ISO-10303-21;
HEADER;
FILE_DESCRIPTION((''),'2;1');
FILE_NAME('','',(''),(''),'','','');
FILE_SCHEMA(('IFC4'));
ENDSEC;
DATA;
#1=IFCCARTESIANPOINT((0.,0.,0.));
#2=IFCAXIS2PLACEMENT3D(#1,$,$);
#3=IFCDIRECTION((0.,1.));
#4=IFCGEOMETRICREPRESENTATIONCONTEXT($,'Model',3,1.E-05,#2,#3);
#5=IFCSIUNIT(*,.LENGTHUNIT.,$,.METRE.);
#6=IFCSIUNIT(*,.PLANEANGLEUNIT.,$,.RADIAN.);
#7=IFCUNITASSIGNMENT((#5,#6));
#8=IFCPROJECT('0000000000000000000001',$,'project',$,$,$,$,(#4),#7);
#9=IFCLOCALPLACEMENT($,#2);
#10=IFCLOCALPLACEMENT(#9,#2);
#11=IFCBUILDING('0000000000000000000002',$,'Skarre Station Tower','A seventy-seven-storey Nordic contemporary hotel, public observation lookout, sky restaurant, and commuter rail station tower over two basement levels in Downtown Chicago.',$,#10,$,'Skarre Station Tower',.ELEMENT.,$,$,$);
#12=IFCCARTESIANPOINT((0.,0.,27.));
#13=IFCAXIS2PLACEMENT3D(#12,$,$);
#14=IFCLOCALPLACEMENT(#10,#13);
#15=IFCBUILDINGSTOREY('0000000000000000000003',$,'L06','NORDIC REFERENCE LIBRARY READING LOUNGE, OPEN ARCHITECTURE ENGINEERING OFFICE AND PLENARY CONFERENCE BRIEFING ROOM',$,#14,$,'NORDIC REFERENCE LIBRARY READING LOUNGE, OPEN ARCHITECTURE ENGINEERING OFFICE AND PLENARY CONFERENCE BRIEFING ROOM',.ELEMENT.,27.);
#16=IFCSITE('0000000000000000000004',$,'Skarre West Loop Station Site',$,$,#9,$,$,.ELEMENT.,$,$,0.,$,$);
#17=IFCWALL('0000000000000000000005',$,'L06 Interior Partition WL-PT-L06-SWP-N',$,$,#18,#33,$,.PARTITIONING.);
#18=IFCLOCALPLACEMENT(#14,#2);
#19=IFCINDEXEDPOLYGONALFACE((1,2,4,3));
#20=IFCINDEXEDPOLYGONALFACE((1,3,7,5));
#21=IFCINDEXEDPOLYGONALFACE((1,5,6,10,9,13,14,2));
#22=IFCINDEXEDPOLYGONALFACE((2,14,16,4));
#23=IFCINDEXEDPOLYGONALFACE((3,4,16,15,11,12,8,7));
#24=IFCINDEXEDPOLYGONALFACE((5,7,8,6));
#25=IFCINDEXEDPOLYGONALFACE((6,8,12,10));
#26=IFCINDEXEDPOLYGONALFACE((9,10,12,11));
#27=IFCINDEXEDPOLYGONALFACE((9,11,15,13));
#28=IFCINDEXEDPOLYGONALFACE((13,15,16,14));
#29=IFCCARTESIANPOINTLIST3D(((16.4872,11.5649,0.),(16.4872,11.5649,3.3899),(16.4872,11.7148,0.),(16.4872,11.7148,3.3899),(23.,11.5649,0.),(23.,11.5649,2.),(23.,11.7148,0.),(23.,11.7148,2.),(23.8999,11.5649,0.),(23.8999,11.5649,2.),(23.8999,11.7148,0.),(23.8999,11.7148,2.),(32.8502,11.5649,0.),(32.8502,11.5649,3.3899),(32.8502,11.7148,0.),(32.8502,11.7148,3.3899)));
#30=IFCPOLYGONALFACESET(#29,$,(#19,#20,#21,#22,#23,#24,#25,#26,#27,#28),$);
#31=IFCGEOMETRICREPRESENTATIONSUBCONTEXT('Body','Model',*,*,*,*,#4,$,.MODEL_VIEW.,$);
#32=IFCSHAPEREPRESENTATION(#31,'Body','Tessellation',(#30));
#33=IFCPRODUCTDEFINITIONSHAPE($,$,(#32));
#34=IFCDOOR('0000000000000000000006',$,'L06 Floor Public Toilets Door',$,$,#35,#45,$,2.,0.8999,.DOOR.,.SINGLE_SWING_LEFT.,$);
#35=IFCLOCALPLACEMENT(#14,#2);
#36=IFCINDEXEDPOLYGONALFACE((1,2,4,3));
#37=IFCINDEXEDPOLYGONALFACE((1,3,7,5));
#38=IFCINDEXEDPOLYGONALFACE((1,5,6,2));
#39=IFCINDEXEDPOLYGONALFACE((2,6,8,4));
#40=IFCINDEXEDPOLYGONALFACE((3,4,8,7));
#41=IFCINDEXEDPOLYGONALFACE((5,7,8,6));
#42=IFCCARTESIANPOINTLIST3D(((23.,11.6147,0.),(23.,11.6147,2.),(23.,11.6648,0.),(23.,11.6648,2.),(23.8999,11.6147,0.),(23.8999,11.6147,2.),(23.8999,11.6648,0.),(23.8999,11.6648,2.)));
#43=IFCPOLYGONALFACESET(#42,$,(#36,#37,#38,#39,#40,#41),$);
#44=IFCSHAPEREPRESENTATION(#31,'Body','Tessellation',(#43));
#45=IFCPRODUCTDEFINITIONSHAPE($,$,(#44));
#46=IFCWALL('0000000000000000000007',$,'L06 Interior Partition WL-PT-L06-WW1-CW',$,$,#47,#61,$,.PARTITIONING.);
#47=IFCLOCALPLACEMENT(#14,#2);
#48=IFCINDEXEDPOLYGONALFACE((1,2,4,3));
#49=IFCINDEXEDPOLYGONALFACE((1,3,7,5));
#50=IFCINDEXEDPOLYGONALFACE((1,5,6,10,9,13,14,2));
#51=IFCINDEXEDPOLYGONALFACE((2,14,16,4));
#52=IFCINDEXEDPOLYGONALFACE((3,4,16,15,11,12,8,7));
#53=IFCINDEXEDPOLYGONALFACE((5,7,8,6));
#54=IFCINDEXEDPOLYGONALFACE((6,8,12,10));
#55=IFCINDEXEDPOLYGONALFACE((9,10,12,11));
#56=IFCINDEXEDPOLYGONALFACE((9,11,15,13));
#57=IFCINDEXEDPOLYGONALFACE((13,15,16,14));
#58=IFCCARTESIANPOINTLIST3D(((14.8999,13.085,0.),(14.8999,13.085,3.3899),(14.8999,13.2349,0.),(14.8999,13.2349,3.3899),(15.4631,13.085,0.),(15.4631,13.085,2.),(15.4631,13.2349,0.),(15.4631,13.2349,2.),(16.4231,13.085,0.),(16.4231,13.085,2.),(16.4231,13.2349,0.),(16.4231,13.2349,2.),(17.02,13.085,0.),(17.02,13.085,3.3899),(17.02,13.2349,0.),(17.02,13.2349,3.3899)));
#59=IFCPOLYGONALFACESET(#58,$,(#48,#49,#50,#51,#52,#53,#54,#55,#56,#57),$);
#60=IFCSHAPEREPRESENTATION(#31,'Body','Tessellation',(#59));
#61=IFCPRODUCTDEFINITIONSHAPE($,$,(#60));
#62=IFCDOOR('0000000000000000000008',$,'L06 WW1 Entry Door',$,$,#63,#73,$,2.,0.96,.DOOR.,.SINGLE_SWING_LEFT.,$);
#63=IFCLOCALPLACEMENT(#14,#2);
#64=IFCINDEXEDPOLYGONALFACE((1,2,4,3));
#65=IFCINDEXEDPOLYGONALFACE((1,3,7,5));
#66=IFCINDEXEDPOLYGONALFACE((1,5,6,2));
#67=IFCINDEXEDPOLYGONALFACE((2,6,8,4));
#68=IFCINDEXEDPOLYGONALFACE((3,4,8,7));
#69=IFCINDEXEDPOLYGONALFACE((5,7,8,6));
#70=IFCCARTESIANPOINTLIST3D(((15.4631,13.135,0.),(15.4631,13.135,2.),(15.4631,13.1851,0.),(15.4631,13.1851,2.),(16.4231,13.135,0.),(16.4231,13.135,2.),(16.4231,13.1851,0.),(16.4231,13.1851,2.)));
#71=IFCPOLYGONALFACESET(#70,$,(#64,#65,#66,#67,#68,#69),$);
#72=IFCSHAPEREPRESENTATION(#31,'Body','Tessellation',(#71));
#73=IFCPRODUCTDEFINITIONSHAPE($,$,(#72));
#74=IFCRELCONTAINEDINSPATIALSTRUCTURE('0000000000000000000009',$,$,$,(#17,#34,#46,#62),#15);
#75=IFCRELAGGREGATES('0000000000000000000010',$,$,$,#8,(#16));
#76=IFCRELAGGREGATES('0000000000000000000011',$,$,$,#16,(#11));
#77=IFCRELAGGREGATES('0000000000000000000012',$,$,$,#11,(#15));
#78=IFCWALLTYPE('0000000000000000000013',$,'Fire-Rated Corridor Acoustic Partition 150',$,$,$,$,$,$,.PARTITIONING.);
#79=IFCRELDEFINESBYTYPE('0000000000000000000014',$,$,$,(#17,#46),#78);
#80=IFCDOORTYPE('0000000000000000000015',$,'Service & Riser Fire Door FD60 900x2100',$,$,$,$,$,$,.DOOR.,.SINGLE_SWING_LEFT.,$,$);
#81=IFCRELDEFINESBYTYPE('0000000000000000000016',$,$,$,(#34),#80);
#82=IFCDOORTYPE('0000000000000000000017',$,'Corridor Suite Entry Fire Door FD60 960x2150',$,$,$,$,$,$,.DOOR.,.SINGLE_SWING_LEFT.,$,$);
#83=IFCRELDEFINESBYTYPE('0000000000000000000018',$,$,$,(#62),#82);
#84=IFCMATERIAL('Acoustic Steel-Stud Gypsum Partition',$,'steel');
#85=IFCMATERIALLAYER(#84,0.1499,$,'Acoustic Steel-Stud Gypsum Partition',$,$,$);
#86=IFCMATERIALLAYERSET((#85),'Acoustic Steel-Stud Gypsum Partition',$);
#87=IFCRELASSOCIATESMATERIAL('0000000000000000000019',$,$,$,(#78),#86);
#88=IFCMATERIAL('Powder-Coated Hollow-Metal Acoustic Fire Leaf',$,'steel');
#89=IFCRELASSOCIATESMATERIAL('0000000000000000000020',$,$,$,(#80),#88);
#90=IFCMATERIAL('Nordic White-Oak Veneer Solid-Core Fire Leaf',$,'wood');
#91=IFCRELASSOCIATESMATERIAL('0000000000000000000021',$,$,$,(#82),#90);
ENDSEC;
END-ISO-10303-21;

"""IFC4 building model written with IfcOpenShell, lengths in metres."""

from ifc_helpers import new_model, si_unit, direction, frame, frame_2d, origin, place, context, subcontext, project, spatial, rectangle, extrude, material, layer, layer_set, type_object, element, fill, save


model = new_model("IFC4")

# Units and contexts
model_context = context("Model", 3, precision=1e-05, world=origin(), true_north=direction((0.0, 1.0)))
body_context = subcontext(model_context, "Body", "Model", "MODEL_VIEW")
ifc_project = project(units=[si_unit("LENGTHUNIT", "METRE"), si_unit("PLANEANGLEUNIT", "RADIAN")], contexts=[model_context])

# Site, building, storey
site_placement = place(None, origin())
site = spatial("IfcSite", under=ifc_project, at=site_placement, Name="Skarre West Loop Station Site", CompositionType="ELEMENT", RefElevation=0.0)
building_placement = place(site_placement, origin())
building = spatial("IfcBuilding", under=site, at=building_placement, Name="Skarre Station Tower", Description="A seventy-seven-storey Nordic contemporary hotel, public observation lookout, sky restaurant, and commuter rail station tower over two basement levels in Downtown Chicago.", LongName="Skarre Station Tower", CompositionType="ELEMENT")
storey_placement = place(building_placement, frame((0.0, 0.0, 27.0)))
storey = spatial("IfcBuildingStorey", under=building, at=storey_placement, Name="L06", Description="NORDIC REFERENCE LIBRARY READING LOUNGE, OPEN ARCHITECTURE ENGINEERING OFFICE AND PLENARY CONFERENCE BRIEFING ROOM", LongName="NORDIC REFERENCE LIBRARY READING LOUNGE, OPEN ARCHITECTURE ENGINEERING OFFICE AND PLENARY CONFERENCE BRIEFING ROOM", CompositionType="ELEMENT", Elevation=27.0)

# Shared definitions
ifc_material_1 = material(Name="Acoustic Steel-Stud Gypsum Partition", Category="steel")
ifc_layer_1 = layer(ifc_material_1, 0.1499, Name="Acoustic Steel-Stud Gypsum Partition")
ifc_layer_set_1 = layer_set([ifc_layer_1], Name="Acoustic Steel-Stud Gypsum Partition")
wall_type_1 = type_object("IfcWallType", Name="Fire-Rated Corridor Acoustic Partition 150", PredefinedType="PARTITIONING", material=ifc_layer_set_1)

# Walls, openings, doors
wall_1_placement = place(storey_placement, frame((16.4871, 11.6399, 0.0), z_axis=(0.0, 0.0, 1.0), x_axis=(1.0, 0.0, 0.0)))
wall_1 = element("IfcWall", 1, at=wall_1_placement, inside=storey, type_object=wall_type_1, Name="L06 Interior Partition WL-PT-L06-SWP-N", PredefinedType="PARTITIONING", context=body_context, shape_type="SweptSolid", body=[
    extrude(rectangle(XDim=16.363, YDim=0.1499, at=frame_2d((8.1816, 0.0))), origin(), (0.0, 0.0, 1.0), 3.3899),
])
opening_1_placement = place(wall_1_placement, frame((6.5129, 0.0, 0.0)))
opening_1 = element("IfcOpeningElement", 2, at=opening_1_placement, cuts=wall_1, PredefinedType="OPENING", context=body_context, shape_type="SweptSolid", body=[
    extrude(rectangle(XDim=0.8999, YDim=2.0, at=frame_2d((0.45, 1.0))), frame((0.0, 0.085, 0.0), z_axis=(0.0, -1.0, 0.0), x_axis=(1.0, 0.0, 0.0)), (0.0, 0.0, 1.0), 0.1699),
])
ifc_material_2 = material(Name="Powder-Coated Hollow-Metal Acoustic Fire Leaf", Category="steel")
door_type_1 = type_object("IfcDoorType", Name="Service & Riser Fire Door FD60 900x2100", OperationType="SINGLE_SWING_LEFT", PredefinedType="DOOR", material=ifc_material_2)
door_1_placement = place(opening_1_placement, origin())
door_1 = element("IfcDoor", 3, at=door_1_placement, inside=storey, type_object=door_type_1, Name="L06 Floor Public Toilets Door", OperationType="SINGLE_SWING_LEFT", OverallHeight=2.0, OverallWidth=0.8999, PredefinedType="DOOR", context=body_context, shape_type="SweptSolid", body=[
    extrude(rectangle(XDim=0.8999, YDim=2.0, at=frame_2d((0.45, 1.0))), frame((0.0, 0.0249, 0.0), z_axis=(0.0, -1.0, 0.0), x_axis=(1.0, 0.0, 0.0)), (0.0, 0.0, 1.0), 0.05),
])
fill(opening_1, door_1)
wall_2_placement = place(storey_placement, frame((17.02, 13.1599, 0.0), z_axis=(0.0, 0.0, 1.0), x_axis=(-1.0, 0.0, 0.0)))
wall_2 = element("IfcWall", 4, at=wall_2_placement, inside=storey, type_object=wall_type_1, Name="L06 Interior Partition WL-PT-L06-WW1-CW", PredefinedType="PARTITIONING", context=body_context, shape_type="SweptSolid", body=[
    extrude(rectangle(XDim=2.1201, YDim=0.1499, at=frame_2d((1.0601, 0.0))), origin(), (0.0, 0.0, 1.0), 3.3899),
])
opening_2_placement = place(wall_2_placement, frame((0.5969, 0.0, 0.0)))
opening_2 = element("IfcOpeningElement", 5, at=opening_2_placement, cuts=wall_2, PredefinedType="OPENING", context=body_context, shape_type="SweptSolid", body=[
    extrude(rectangle(XDim=0.96, YDim=2.0, at=frame_2d((0.48, 1.0))), frame((0.0, 0.085, 0.0), z_axis=(0.0, -1.0, 0.0), x_axis=(1.0, 0.0, 0.0)), (0.0, 0.0, 1.0), 0.1699),
])
ifc_material_3 = material(Name="Nordic White-Oak Veneer Solid-Core Fire Leaf", Category="wood")
door_type_2 = type_object("IfcDoorType", Name="Corridor Suite Entry Fire Door FD60 960x2150", OperationType="SINGLE_SWING_LEFT", PredefinedType="DOOR", material=ifc_material_3)
door_2_placement = place(opening_2_placement, origin())
door_2 = element("IfcDoor", 6, at=door_2_placement, inside=storey, type_object=door_type_2, Name="L06 WW1 Entry Door", OperationType="SINGLE_SWING_LEFT", OverallHeight=2.0, OverallWidth=0.96, PredefinedType="DOOR", context=body_context, shape_type="SweptSolid", body=[
    extrude(rectangle(XDim=0.96, YDim=2.0, at=frame_2d((0.48, 1.0))), frame((0.0, 0.0249, 0.0), z_axis=(0.0, -1.0, 0.0), x_axis=(1.0, 0.0, 0.0)), (0.0, 0.0, 1.0), 0.05),
])
fill(opening_2, door_2)

save(model, "model.ifc")
